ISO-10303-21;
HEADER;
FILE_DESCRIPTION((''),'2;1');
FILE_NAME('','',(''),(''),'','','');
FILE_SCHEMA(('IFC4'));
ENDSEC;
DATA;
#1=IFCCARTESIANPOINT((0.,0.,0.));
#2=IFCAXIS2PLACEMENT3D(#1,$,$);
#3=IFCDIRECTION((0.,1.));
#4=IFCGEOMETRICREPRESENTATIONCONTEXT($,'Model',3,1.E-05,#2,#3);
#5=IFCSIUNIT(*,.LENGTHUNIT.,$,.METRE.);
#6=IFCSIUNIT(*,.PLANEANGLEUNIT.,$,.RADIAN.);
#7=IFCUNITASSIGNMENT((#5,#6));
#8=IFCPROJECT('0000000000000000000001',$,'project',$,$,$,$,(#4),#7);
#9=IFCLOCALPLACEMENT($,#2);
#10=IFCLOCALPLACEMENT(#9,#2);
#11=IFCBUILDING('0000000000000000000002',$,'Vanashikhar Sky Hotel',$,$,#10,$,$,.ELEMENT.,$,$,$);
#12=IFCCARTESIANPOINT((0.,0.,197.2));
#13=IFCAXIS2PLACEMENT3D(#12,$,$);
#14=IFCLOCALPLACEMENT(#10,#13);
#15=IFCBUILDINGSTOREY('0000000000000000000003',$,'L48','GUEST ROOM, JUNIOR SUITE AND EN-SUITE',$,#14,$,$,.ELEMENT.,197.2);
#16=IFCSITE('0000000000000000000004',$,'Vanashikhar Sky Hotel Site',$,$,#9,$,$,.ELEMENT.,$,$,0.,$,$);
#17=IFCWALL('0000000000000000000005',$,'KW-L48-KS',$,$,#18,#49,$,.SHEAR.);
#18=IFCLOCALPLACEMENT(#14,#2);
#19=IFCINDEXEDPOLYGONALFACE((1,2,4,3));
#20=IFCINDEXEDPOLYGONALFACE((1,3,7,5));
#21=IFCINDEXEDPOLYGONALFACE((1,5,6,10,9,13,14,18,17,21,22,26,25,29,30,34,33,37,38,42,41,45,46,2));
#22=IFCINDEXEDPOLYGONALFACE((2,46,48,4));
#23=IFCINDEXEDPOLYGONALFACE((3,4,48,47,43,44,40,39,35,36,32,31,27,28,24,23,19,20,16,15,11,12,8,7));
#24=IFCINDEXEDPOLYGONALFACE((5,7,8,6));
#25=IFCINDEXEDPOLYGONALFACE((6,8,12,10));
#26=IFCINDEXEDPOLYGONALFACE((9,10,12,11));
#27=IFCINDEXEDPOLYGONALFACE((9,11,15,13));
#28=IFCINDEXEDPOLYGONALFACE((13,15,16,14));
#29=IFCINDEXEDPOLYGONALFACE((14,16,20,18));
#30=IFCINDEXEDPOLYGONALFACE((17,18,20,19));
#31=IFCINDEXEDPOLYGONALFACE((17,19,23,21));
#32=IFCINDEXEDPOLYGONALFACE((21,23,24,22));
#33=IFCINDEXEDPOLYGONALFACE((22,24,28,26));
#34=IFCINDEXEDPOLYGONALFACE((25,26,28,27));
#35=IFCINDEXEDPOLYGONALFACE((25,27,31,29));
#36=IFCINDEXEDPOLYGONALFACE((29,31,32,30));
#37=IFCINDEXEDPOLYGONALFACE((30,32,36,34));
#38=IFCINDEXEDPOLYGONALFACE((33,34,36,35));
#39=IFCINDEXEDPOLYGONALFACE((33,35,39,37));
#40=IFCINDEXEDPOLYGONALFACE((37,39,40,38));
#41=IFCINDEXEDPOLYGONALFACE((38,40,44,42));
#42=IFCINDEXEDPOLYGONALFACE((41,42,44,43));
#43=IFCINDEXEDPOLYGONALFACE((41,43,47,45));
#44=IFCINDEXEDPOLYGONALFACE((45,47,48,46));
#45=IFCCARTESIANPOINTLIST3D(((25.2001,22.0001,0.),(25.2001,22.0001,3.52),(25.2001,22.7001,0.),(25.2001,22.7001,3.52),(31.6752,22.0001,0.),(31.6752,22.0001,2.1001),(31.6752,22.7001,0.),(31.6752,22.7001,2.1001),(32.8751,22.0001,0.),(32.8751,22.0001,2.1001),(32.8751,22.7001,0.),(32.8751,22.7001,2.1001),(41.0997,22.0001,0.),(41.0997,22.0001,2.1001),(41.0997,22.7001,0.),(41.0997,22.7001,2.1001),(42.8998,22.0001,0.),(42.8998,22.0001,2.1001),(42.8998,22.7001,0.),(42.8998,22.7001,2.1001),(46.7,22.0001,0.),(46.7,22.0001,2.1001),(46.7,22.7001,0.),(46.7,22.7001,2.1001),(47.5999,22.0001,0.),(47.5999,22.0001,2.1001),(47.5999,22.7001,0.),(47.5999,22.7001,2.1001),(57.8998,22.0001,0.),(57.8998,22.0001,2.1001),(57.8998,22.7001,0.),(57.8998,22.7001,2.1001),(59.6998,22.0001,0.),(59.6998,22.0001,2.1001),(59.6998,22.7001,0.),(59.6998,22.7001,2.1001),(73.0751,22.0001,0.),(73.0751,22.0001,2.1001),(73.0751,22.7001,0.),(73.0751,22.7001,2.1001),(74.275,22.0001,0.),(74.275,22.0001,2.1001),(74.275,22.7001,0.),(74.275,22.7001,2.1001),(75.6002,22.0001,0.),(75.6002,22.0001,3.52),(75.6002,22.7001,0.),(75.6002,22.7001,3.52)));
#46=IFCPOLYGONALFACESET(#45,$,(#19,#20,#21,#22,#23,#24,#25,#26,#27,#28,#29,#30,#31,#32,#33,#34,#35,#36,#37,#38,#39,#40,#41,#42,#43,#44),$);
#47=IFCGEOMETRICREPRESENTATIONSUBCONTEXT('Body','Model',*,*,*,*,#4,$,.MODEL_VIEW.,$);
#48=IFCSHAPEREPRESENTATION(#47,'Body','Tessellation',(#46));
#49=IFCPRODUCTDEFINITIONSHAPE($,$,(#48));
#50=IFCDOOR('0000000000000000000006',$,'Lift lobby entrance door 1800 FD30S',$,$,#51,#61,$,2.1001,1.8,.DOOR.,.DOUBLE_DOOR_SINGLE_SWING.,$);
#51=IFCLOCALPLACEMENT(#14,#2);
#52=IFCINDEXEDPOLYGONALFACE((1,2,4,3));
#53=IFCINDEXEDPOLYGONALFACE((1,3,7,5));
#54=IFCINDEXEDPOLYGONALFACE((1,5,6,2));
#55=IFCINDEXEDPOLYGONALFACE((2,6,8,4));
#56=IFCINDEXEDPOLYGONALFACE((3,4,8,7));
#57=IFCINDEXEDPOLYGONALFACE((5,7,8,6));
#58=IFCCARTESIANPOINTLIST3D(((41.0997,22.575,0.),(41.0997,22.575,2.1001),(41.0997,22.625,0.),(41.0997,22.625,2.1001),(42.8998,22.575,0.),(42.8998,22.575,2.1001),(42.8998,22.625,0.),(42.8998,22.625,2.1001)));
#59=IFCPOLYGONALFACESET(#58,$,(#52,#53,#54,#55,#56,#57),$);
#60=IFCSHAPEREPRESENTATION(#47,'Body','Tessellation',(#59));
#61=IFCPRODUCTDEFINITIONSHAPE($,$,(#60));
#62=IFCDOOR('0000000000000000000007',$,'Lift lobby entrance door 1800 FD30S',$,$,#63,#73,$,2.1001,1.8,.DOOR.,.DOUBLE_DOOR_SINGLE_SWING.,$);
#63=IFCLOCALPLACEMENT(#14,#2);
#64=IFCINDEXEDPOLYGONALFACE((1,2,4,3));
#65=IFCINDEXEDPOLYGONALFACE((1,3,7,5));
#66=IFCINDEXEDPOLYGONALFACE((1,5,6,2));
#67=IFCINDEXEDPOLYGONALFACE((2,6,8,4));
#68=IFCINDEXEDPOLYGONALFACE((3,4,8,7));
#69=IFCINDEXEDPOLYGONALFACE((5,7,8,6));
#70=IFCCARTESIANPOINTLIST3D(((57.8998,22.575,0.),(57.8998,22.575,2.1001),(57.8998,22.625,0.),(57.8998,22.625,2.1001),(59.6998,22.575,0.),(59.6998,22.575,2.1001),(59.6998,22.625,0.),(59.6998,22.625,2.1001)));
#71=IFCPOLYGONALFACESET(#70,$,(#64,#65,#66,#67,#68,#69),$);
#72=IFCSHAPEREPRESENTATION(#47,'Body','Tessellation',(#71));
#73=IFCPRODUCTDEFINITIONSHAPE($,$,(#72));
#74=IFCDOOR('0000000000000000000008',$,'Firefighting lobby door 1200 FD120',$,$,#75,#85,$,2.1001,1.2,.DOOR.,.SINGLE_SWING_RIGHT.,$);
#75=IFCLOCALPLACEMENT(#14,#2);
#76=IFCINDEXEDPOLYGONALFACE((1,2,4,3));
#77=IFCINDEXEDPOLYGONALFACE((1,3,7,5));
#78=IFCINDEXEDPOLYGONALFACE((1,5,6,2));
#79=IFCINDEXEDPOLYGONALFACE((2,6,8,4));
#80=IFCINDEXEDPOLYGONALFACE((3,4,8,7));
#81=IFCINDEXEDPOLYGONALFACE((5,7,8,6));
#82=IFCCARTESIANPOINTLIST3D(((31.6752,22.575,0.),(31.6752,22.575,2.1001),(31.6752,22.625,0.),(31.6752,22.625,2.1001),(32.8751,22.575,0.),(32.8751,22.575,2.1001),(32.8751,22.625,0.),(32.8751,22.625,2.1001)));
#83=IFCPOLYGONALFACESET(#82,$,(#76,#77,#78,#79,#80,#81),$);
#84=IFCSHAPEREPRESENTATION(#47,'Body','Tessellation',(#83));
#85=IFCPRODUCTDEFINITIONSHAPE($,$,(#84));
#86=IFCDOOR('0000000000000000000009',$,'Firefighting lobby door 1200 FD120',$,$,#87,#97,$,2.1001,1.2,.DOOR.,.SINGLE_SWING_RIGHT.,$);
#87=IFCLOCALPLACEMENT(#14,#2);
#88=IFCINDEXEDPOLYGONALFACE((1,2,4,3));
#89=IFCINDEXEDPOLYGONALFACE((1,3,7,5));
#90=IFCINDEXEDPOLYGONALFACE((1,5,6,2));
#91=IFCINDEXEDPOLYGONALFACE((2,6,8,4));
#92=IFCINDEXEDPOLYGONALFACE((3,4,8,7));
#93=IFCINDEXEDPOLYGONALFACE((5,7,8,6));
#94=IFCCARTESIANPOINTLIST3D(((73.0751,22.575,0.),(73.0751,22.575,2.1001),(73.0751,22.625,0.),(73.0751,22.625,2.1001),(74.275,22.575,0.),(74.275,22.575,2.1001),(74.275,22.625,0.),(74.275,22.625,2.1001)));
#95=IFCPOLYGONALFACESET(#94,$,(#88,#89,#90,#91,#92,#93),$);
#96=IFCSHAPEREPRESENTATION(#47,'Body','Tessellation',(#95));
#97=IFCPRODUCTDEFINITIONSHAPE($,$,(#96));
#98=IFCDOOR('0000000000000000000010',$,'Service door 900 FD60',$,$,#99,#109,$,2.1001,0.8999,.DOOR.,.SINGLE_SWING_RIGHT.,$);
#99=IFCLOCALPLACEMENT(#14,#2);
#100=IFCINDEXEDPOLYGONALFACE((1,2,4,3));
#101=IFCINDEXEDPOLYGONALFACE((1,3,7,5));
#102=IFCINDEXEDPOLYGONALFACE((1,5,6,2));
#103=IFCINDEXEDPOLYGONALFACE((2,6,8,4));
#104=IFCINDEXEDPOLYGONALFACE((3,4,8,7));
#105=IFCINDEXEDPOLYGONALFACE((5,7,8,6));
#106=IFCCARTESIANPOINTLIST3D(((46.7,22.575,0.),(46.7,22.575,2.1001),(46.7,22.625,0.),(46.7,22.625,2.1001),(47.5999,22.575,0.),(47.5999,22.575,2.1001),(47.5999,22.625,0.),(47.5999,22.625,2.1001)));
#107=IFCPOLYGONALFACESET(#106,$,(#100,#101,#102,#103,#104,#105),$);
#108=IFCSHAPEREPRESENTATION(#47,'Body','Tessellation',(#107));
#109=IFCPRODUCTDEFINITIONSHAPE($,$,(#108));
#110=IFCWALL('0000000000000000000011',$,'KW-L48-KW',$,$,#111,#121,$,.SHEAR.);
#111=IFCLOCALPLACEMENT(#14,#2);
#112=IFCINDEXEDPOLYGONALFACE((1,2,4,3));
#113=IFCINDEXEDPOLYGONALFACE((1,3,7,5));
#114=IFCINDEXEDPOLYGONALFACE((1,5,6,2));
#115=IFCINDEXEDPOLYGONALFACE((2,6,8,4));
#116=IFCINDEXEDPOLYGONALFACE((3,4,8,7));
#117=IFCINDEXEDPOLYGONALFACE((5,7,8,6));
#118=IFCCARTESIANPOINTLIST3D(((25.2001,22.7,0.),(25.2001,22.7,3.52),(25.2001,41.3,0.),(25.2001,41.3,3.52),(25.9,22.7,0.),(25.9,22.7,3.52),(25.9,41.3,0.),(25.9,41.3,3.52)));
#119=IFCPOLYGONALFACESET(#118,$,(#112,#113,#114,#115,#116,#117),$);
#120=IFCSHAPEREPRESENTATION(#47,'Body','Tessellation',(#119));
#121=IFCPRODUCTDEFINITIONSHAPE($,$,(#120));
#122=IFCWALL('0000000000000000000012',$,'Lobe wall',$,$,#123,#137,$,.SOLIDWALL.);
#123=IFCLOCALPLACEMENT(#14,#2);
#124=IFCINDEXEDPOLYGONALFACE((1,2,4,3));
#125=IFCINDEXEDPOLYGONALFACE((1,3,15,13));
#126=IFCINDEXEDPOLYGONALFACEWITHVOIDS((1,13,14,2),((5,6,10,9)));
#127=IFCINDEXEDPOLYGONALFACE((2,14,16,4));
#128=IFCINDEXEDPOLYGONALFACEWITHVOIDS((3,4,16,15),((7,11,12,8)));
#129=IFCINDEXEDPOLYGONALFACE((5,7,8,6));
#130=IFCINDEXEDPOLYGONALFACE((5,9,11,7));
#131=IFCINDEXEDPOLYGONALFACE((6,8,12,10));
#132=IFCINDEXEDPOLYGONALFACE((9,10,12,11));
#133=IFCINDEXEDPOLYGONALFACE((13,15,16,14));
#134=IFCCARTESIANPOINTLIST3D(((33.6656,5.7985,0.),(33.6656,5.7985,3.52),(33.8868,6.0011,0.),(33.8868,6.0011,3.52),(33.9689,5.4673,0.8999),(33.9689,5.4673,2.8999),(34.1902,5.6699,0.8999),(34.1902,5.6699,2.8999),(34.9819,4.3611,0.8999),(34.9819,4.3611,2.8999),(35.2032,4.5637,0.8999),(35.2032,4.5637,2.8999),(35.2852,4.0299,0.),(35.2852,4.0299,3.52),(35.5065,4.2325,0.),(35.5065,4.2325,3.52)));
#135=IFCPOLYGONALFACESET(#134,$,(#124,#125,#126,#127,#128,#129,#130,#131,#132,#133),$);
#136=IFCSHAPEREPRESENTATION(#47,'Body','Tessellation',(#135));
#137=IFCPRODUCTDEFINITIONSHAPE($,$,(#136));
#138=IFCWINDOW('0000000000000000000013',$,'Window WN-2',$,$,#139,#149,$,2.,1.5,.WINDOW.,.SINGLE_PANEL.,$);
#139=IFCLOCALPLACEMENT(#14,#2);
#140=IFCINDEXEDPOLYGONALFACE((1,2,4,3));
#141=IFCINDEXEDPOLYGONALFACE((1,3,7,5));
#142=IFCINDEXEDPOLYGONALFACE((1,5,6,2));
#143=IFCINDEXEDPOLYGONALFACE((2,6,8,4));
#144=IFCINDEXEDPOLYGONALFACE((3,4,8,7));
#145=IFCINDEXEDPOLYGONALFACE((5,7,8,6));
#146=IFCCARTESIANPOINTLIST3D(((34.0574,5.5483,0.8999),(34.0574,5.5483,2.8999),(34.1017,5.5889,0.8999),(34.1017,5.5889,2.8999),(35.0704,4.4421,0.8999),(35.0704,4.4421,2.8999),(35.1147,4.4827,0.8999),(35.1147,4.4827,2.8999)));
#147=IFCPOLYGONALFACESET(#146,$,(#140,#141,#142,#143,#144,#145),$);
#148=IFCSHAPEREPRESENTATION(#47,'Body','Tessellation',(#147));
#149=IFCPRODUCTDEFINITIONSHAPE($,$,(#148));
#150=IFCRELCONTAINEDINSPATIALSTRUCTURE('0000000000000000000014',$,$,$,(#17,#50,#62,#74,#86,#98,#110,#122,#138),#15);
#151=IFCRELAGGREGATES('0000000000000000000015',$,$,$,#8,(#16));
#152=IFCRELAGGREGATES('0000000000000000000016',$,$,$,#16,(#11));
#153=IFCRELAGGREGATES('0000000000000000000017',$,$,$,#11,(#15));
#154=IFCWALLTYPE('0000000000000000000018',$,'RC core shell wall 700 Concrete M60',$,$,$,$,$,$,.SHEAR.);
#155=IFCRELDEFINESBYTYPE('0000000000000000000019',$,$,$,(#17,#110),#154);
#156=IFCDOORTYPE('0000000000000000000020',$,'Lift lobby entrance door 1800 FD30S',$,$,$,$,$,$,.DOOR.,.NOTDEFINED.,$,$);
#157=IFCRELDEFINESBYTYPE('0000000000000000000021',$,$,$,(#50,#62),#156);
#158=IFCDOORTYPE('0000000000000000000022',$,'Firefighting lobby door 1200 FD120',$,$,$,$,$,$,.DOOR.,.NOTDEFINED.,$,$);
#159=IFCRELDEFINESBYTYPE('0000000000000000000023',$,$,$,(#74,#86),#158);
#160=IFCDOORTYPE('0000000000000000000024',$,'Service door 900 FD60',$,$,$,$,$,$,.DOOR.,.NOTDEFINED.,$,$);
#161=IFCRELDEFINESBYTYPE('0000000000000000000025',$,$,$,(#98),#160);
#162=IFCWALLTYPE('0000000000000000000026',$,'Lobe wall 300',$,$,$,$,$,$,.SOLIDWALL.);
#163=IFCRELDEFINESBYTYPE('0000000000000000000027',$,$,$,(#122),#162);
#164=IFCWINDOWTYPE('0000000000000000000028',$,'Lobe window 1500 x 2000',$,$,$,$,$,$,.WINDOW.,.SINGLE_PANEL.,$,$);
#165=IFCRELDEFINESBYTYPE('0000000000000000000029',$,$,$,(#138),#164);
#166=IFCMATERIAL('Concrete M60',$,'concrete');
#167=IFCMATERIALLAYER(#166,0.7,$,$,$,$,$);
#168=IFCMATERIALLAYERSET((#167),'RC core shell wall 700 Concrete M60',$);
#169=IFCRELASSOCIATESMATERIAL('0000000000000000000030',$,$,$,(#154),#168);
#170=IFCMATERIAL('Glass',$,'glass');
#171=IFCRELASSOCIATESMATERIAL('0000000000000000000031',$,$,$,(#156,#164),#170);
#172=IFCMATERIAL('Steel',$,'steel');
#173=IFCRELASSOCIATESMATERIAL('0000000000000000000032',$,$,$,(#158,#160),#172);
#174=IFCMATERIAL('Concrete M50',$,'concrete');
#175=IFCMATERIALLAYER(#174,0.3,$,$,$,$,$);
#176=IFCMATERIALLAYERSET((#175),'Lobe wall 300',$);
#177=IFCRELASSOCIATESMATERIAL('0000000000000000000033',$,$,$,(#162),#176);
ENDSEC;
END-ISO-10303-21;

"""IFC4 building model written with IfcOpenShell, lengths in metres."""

from ifc_helpers import new_model, si_unit, direction, frame, frame_2d, origin, place, context, subcontext, project, spatial, rectangle, extrude, source, transform, mapped, material, layer, layer_set, type_object, element, fill, save


model = new_model("IFC4")

# Units and contexts
model_context = context("Model", 3, precision=1e-05, world=origin(), true_north=direction((0.0, 1.0)))
body_context = subcontext(model_context, "Body", "Model", "MODEL_VIEW")
ifc_project = project(units=[si_unit("LENGTHUNIT", "METRE"), si_unit("PLANEANGLEUNIT", "RADIAN")], contexts=[model_context])

# Site, building, storey
site_placement = place(None, origin())
site = spatial("IfcSite", under=ifc_project, at=site_placement, Name="Vanashikhar Sky Hotel Site", CompositionType="ELEMENT", RefElevation=0.0)
building_placement = place(site_placement, origin())
building = spatial("IfcBuilding", under=site, at=building_placement, Name="Vanashikhar Sky Hotel", CompositionType="ELEMENT")
storey_placement = place(building_placement, frame((0.0, 0.0, 197.2)))
storey = spatial("IfcBuildingStorey", under=building, at=storey_placement, Name="L48", Description="GUEST ROOM, JUNIOR SUITE AND EN-SUITE", CompositionType="ELEMENT", Elevation=197.2)

# Shared definitions
ifc_material_1 = material(Name="Concrete M50", Category="concrete")

# Shared definitions
ifc_material_2 = material(Name="Concrete M60", Category="concrete")
ifc_material_3 = material(Name="Steel", Category="steel")

# Wall, openings, doors
ifc_layer_1 = layer(ifc_material_2, 0.7)
ifc_layer_set_1 = layer_set([ifc_layer_1], Name="RC core shell wall 700 Concrete M60")
wall_type_1 = type_object("IfcWallType", Name="RC core shell wall 700 Concrete M60", PredefinedType="SHEAR", material=ifc_layer_set_1)
shared_shape_1 = source(origin(), body_context, "Body", "SweptSolid", [
    extrude(rectangle(XDim=50.4001, YDim=0.7, at=frame_2d((25.2002, 0.0))), origin(), (0.0, 0.0, 1.0), 3.52),
])
wall_1_placement = place(storey_placement, frame((25.2, 22.3501, 0.0), z_axis=(0.0, 0.0, 1.0), x_axis=(1.0, 0.0, 0.0)))
wall_1 = element("IfcWall", 1, at=wall_1_placement, inside=storey, type_object=wall_type_1, Name="KW-L48-KS", PredefinedType="SHEAR", context=body_context, shape_type="MappedRepresentation", body=[
    mapped(shared_shape_1, transform((0.0, 0.0, 0.0), scale=1.0)),
])
shared_shape_2 = source(origin(), body_context, "Body", "SweptSolid", [
    extrude(rectangle(XDim=1.8, YDim=2.1001, at=frame_2d((0.8999, 1.05))), frame((0.0, 0.3599, 0.0), z_axis=(0.0, -1.0, 0.0), x_axis=(1.0, 0.0, 0.0)), (0.0, 0.0, 1.0), 0.72),
])
opening_1_placement = place(wall_1_placement, frame((15.8999, 0.0, 0.0)))
opening_1 = element("IfcOpeningElement", 2, at=opening_1_placement, cuts=wall_1, PredefinedType="OPENING", context=body_context, shape_type="MappedRepresentation", body=[
    mapped(shared_shape_2, transform((0.0, 0.0, 0.0), scale=1.0)),
])
shared_shape_3 = source(origin(), body_context, "Body", "SweptSolid", [
    extrude(rectangle(XDim=0.8999, YDim=2.1001, at=frame_2d((0.45, 1.05))), frame((0.0, 0.3599, 0.0), z_axis=(0.0, -1.0, 0.0), x_axis=(1.0, 0.0, 0.0)), (0.0, 0.0, 1.0), 0.72),
])
opening_2_placement = place(wall_1_placement, frame((21.5, 0.0, 0.0)))
opening_2 = element("IfcOpeningElement", 3, at=opening_2_placement, cuts=wall_1, PredefinedType="OPENING", context=body_context, shape_type="MappedRepresentation", body=[
    mapped(shared_shape_3, transform((0.0, 0.0, 0.0), scale=1.0)),
])
opening_3_placement = place(wall_1_placement, frame((32.7, 0.0, 0.0)))
opening_3 = element("IfcOpeningElement", 4, at=opening_3_placement, cuts=wall_1, PredefinedType="OPENING", context=body_context, shape_type="MappedRepresentation", body=[
    mapped(shared_shape_2, transform((0.0, 0.0, 0.0), scale=1.0)),
])
shared_shape_4 = source(origin(), body_context, "Body", "SweptSolid", [
    extrude(rectangle(XDim=1.2, YDim=2.1001, at=frame_2d((0.6001, 1.05))), frame((0.0, 0.3599, 0.0), z_axis=(0.0, -1.0, 0.0), x_axis=(1.0, 0.0, 0.0)), (0.0, 0.0, 1.0), 0.72),
])
opening_4_placement = place(wall_1_placement, frame((6.4751, 0.0, 0.0)))
opening_4 = element("IfcOpeningElement", 5, at=opening_4_placement, cuts=wall_1, PredefinedType="OPENING", context=body_context, shape_type="MappedRepresentation", body=[
    mapped(shared_shape_4, transform((0.0, 0.0, 0.0), scale=1.0)),
])
opening_5_placement = place(wall_1_placement, frame((47.875, 0.0, 0.0)))
opening_5 = element("IfcOpeningElement", 6, at=opening_5_placement, cuts=wall_1, PredefinedType="OPENING", context=body_context, shape_type="MappedRepresentation", body=[
    mapped(shared_shape_4, transform((0.0, 0.0, 0.0), scale=1.0)),
])
ifc_material_4 = material(Name="Glass", Category="glass")
door_type_1 = type_object("IfcDoorType", Name="Lift lobby entrance door 1800 FD30S", OperationType="NOTDEFINED", PredefinedType="DOOR", material=ifc_material_4)
shared_shape_5 = source(origin(), body_context, "Body", "SweptSolid", [
    extrude(rectangle(XDim=1.8, YDim=2.1001, at=frame_2d((0.8999, 1.05))), frame((0.0, 0.2749, 0.0), z_axis=(0.0, -1.0, 0.0), x_axis=(1.0, 0.0, 0.0)), (0.0, 0.0, 1.0), 0.05),
])
door_1_placement = place(opening_1_placement, origin())
door_1 = element("IfcDoor", 7, at=door_1_placement, inside=storey, type_object=door_type_1, Name="Lift lobby entrance door 1800 FD30S", OperationType="DOUBLE_DOOR_SINGLE_SWING", OverallHeight=2.1001, OverallWidth=1.8, PredefinedType="DOOR", context=body_context, shape_type="MappedRepresentation", body=[
    mapped(shared_shape_5, transform((0.0, 0.0, 0.0), scale=1.0)),
])
fill(opening_1, door_1)
door_2_placement = place(opening_3_placement, origin())
door_2 = element("IfcDoor", 8, at=door_2_placement, inside=storey, type_object=door_type_1, Name="Lift lobby entrance door 1800 FD30S", OperationType="DOUBLE_DOOR_SINGLE_SWING", OverallHeight=2.1001, OverallWidth=1.8, PredefinedType="DOOR", context=body_context, shape_type="MappedRepresentation", body=[
    mapped(shared_shape_5, transform((0.0, 0.0, 0.0), scale=1.0)),
])
fill(opening_3, door_2)
door_type_2 = type_object("IfcDoorType", Name="Firefighting lobby door 1200 FD120", OperationType="NOTDEFINED", PredefinedType="DOOR", material=ifc_material_3)
shared_shape_6 = source(origin(), body_context, "Body", "SweptSolid", [
    extrude(rectangle(XDim=1.2, YDim=2.1001, at=frame_2d((0.6001, 1.05))), frame((0.0, 0.2749, 0.0), z_axis=(0.0, -1.0, 0.0), x_axis=(1.0, 0.0, 0.0)), (0.0, 0.0, 1.0), 0.05),
])
door_3_placement = place(opening_4_placement, origin())
door_3 = element("IfcDoor", 9, at=door_3_placement, inside=storey, type_object=door_type_2, Name="Firefighting lobby door 1200 FD120", OperationType="SINGLE_SWING_RIGHT", OverallHeight=2.1001, OverallWidth=1.2, PredefinedType="DOOR", context=body_context, shape_type="MappedRepresentation", body=[
    mapped(shared_shape_6, transform((0.0, 0.0, 0.0), scale=1.0)),
])
fill(opening_4, door_3)
door_4_placement = place(opening_5_placement, origin())
door_4 = element("IfcDoor", 10, at=door_4_placement, inside=storey, type_object=door_type_2, Name="Firefighting lobby door 1200 FD120", OperationType="SINGLE_SWING_RIGHT", OverallHeight=2.1001, OverallWidth=1.2, PredefinedType="DOOR", context=body_context, shape_type="MappedRepresentation", body=[
    mapped(shared_shape_6, transform((0.0, 0.0, 0.0), scale=1.0)),
])
fill(opening_5, door_4)
door_type_3 = type_object("IfcDoorType", Name="Service door 900 FD60", OperationType="NOTDEFINED", PredefinedType="DOOR", material=ifc_material_3)
shared_shape_7 = source(origin(), body_context, "Body", "SweptSolid", [
    extrude(rectangle(XDim=0.8999, YDim=2.1001, at=frame_2d((0.45, 1.05))), frame((0.0, 0.2749, 0.0), z_axis=(0.0, -1.0, 0.0), x_axis=(1.0, 0.0, 0.0)), (0.0, 0.0, 1.0), 0.05),
])
door_5_placement = place(opening_2_placement, origin())
door_5 = element("IfcDoor", 11, at=door_5_placement, inside=storey, type_object=door_type_3, Name="Service door 900 FD60", OperationType="SINGLE_SWING_RIGHT", OverallHeight=2.1001, OverallWidth=0.8999, PredefinedType="DOOR", context=body_context, shape_type="MappedRepresentation", body=[
    mapped(shared_shape_7, transform((0.0, 0.0, 0.0), scale=1.0)),
])
fill(opening_2, door_5)

# Wall
shared_shape_8 = source(origin(), body_context, "Body", "SweptSolid", [
    extrude(rectangle(XDim=18.6001, YDim=0.7, at=frame_2d((9.3, 0.0))), origin(), (0.0, 0.0, 1.0), 3.52),
])
wall_2_placement = place(storey_placement, frame((25.55, 22.7, 0.0), z_axis=(0.0, 0.0, 1.0), x_axis=(0.0, 1.0, 0.0)))
element("IfcWall", 12, at=wall_2_placement, inside=storey, type_object=wall_type_1, Name="KW-L48-KW", PredefinedType="SHEAR", context=body_context, shape_type="MappedRepresentation", body=[
    mapped(shared_shape_8, transform((0.0, 0.0, 0.0), scale=1.0)),
])

# Wall, opening, window
ifc_layer_2 = layer(ifc_material_1, 0.3)
ifc_layer_set_2 = layer_set([ifc_layer_2], Name="Lobe wall 300")
wall_type_2 = type_object("IfcWallType", Name="Lobe wall 300", PredefinedType="SOLIDWALL", material=ifc_layer_set_2)
shared_shape_9 = source(origin(), body_context, "Body", "SweptSolid", [
    extrude(rectangle(XDim=2.3982, YDim=0.3, at=frame_2d((1.1992, 0.0))), origin(), (0.0, 0.0, 1.0), 3.52),
])
wall_3_placement = place(storey_placement, frame((33.7761, 5.8999, 0.0), z_axis=(0.0, 0.0, 1.0), x_axis=(0.675374, -0.737475, 0.0)))
wall_3 = element("IfcWall", 13, at=wall_3_placement, inside=storey, type_object=wall_type_2, Name="Lobe wall", PredefinedType="SOLIDWALL", context=body_context, shape_type="MappedRepresentation", body=[
    mapped(shared_shape_9, transform((0.0, 0.0, 0.0), scale=1.0)),
])
shared_shape_10 = source(origin(), body_context, "Body", "SweptSolid", [
    extrude(rectangle(XDim=1.5, YDim=2.0, at=frame_2d((0.75, 1.0))), frame((0.0, 0.1602, 0.0), z_axis=(0.0, -1.0, 0.0), x_axis=(1.0, 0.0, 0.0)), (0.0, 0.0, 1.0), 0.3201),
])
opening_6_placement = place(wall_3_placement, frame((0.4492, 0.0, 0.8999)))
opening_6 = element("IfcOpeningElement", 14, at=opening_6_placement, cuts=wall_3, PredefinedType="OPENING", context=body_context, shape_type="MappedRepresentation", body=[
    mapped(shared_shape_10, transform((0.0, 0.0, 0.0), scale=1.0)),
])
window_type_1 = type_object("IfcWindowType", Name="Lobe window 1500 x 2000", PartitioningType="SINGLE_PANEL", PredefinedType="WINDOW", material=ifc_material_4)
shared_shape_11 = source(origin(), body_context, "Body", "SweptSolid", [
    extrude(rectangle(XDim=1.5, YDim=2.0, at=frame_2d((0.75, 1.0))), frame((0.0, 0.03, 0.0), z_axis=(0.0, -1.0, 0.0), x_axis=(1.0, 0.0, 0.0)), (0.0, 0.0, 1.0), 0.0601),
])
window_1_placement = place(opening_6_placement, origin())
window_1 = element("IfcWindow", 15, at=window_1_placement, inside=storey, type_object=window_type_1, Name="Window WN-2", OverallHeight=2.0, OverallWidth=1.5, PartitioningType="SINGLE_PANEL", PredefinedType="WINDOW", context=body_context, shape_type="MappedRepresentation", body=[
    mapped(shared_shape_11, transform((0.0, 0.0, 0.0), scale=1.0)),
])
fill(opening_6, window_1)

save(model, "model.ifc")
